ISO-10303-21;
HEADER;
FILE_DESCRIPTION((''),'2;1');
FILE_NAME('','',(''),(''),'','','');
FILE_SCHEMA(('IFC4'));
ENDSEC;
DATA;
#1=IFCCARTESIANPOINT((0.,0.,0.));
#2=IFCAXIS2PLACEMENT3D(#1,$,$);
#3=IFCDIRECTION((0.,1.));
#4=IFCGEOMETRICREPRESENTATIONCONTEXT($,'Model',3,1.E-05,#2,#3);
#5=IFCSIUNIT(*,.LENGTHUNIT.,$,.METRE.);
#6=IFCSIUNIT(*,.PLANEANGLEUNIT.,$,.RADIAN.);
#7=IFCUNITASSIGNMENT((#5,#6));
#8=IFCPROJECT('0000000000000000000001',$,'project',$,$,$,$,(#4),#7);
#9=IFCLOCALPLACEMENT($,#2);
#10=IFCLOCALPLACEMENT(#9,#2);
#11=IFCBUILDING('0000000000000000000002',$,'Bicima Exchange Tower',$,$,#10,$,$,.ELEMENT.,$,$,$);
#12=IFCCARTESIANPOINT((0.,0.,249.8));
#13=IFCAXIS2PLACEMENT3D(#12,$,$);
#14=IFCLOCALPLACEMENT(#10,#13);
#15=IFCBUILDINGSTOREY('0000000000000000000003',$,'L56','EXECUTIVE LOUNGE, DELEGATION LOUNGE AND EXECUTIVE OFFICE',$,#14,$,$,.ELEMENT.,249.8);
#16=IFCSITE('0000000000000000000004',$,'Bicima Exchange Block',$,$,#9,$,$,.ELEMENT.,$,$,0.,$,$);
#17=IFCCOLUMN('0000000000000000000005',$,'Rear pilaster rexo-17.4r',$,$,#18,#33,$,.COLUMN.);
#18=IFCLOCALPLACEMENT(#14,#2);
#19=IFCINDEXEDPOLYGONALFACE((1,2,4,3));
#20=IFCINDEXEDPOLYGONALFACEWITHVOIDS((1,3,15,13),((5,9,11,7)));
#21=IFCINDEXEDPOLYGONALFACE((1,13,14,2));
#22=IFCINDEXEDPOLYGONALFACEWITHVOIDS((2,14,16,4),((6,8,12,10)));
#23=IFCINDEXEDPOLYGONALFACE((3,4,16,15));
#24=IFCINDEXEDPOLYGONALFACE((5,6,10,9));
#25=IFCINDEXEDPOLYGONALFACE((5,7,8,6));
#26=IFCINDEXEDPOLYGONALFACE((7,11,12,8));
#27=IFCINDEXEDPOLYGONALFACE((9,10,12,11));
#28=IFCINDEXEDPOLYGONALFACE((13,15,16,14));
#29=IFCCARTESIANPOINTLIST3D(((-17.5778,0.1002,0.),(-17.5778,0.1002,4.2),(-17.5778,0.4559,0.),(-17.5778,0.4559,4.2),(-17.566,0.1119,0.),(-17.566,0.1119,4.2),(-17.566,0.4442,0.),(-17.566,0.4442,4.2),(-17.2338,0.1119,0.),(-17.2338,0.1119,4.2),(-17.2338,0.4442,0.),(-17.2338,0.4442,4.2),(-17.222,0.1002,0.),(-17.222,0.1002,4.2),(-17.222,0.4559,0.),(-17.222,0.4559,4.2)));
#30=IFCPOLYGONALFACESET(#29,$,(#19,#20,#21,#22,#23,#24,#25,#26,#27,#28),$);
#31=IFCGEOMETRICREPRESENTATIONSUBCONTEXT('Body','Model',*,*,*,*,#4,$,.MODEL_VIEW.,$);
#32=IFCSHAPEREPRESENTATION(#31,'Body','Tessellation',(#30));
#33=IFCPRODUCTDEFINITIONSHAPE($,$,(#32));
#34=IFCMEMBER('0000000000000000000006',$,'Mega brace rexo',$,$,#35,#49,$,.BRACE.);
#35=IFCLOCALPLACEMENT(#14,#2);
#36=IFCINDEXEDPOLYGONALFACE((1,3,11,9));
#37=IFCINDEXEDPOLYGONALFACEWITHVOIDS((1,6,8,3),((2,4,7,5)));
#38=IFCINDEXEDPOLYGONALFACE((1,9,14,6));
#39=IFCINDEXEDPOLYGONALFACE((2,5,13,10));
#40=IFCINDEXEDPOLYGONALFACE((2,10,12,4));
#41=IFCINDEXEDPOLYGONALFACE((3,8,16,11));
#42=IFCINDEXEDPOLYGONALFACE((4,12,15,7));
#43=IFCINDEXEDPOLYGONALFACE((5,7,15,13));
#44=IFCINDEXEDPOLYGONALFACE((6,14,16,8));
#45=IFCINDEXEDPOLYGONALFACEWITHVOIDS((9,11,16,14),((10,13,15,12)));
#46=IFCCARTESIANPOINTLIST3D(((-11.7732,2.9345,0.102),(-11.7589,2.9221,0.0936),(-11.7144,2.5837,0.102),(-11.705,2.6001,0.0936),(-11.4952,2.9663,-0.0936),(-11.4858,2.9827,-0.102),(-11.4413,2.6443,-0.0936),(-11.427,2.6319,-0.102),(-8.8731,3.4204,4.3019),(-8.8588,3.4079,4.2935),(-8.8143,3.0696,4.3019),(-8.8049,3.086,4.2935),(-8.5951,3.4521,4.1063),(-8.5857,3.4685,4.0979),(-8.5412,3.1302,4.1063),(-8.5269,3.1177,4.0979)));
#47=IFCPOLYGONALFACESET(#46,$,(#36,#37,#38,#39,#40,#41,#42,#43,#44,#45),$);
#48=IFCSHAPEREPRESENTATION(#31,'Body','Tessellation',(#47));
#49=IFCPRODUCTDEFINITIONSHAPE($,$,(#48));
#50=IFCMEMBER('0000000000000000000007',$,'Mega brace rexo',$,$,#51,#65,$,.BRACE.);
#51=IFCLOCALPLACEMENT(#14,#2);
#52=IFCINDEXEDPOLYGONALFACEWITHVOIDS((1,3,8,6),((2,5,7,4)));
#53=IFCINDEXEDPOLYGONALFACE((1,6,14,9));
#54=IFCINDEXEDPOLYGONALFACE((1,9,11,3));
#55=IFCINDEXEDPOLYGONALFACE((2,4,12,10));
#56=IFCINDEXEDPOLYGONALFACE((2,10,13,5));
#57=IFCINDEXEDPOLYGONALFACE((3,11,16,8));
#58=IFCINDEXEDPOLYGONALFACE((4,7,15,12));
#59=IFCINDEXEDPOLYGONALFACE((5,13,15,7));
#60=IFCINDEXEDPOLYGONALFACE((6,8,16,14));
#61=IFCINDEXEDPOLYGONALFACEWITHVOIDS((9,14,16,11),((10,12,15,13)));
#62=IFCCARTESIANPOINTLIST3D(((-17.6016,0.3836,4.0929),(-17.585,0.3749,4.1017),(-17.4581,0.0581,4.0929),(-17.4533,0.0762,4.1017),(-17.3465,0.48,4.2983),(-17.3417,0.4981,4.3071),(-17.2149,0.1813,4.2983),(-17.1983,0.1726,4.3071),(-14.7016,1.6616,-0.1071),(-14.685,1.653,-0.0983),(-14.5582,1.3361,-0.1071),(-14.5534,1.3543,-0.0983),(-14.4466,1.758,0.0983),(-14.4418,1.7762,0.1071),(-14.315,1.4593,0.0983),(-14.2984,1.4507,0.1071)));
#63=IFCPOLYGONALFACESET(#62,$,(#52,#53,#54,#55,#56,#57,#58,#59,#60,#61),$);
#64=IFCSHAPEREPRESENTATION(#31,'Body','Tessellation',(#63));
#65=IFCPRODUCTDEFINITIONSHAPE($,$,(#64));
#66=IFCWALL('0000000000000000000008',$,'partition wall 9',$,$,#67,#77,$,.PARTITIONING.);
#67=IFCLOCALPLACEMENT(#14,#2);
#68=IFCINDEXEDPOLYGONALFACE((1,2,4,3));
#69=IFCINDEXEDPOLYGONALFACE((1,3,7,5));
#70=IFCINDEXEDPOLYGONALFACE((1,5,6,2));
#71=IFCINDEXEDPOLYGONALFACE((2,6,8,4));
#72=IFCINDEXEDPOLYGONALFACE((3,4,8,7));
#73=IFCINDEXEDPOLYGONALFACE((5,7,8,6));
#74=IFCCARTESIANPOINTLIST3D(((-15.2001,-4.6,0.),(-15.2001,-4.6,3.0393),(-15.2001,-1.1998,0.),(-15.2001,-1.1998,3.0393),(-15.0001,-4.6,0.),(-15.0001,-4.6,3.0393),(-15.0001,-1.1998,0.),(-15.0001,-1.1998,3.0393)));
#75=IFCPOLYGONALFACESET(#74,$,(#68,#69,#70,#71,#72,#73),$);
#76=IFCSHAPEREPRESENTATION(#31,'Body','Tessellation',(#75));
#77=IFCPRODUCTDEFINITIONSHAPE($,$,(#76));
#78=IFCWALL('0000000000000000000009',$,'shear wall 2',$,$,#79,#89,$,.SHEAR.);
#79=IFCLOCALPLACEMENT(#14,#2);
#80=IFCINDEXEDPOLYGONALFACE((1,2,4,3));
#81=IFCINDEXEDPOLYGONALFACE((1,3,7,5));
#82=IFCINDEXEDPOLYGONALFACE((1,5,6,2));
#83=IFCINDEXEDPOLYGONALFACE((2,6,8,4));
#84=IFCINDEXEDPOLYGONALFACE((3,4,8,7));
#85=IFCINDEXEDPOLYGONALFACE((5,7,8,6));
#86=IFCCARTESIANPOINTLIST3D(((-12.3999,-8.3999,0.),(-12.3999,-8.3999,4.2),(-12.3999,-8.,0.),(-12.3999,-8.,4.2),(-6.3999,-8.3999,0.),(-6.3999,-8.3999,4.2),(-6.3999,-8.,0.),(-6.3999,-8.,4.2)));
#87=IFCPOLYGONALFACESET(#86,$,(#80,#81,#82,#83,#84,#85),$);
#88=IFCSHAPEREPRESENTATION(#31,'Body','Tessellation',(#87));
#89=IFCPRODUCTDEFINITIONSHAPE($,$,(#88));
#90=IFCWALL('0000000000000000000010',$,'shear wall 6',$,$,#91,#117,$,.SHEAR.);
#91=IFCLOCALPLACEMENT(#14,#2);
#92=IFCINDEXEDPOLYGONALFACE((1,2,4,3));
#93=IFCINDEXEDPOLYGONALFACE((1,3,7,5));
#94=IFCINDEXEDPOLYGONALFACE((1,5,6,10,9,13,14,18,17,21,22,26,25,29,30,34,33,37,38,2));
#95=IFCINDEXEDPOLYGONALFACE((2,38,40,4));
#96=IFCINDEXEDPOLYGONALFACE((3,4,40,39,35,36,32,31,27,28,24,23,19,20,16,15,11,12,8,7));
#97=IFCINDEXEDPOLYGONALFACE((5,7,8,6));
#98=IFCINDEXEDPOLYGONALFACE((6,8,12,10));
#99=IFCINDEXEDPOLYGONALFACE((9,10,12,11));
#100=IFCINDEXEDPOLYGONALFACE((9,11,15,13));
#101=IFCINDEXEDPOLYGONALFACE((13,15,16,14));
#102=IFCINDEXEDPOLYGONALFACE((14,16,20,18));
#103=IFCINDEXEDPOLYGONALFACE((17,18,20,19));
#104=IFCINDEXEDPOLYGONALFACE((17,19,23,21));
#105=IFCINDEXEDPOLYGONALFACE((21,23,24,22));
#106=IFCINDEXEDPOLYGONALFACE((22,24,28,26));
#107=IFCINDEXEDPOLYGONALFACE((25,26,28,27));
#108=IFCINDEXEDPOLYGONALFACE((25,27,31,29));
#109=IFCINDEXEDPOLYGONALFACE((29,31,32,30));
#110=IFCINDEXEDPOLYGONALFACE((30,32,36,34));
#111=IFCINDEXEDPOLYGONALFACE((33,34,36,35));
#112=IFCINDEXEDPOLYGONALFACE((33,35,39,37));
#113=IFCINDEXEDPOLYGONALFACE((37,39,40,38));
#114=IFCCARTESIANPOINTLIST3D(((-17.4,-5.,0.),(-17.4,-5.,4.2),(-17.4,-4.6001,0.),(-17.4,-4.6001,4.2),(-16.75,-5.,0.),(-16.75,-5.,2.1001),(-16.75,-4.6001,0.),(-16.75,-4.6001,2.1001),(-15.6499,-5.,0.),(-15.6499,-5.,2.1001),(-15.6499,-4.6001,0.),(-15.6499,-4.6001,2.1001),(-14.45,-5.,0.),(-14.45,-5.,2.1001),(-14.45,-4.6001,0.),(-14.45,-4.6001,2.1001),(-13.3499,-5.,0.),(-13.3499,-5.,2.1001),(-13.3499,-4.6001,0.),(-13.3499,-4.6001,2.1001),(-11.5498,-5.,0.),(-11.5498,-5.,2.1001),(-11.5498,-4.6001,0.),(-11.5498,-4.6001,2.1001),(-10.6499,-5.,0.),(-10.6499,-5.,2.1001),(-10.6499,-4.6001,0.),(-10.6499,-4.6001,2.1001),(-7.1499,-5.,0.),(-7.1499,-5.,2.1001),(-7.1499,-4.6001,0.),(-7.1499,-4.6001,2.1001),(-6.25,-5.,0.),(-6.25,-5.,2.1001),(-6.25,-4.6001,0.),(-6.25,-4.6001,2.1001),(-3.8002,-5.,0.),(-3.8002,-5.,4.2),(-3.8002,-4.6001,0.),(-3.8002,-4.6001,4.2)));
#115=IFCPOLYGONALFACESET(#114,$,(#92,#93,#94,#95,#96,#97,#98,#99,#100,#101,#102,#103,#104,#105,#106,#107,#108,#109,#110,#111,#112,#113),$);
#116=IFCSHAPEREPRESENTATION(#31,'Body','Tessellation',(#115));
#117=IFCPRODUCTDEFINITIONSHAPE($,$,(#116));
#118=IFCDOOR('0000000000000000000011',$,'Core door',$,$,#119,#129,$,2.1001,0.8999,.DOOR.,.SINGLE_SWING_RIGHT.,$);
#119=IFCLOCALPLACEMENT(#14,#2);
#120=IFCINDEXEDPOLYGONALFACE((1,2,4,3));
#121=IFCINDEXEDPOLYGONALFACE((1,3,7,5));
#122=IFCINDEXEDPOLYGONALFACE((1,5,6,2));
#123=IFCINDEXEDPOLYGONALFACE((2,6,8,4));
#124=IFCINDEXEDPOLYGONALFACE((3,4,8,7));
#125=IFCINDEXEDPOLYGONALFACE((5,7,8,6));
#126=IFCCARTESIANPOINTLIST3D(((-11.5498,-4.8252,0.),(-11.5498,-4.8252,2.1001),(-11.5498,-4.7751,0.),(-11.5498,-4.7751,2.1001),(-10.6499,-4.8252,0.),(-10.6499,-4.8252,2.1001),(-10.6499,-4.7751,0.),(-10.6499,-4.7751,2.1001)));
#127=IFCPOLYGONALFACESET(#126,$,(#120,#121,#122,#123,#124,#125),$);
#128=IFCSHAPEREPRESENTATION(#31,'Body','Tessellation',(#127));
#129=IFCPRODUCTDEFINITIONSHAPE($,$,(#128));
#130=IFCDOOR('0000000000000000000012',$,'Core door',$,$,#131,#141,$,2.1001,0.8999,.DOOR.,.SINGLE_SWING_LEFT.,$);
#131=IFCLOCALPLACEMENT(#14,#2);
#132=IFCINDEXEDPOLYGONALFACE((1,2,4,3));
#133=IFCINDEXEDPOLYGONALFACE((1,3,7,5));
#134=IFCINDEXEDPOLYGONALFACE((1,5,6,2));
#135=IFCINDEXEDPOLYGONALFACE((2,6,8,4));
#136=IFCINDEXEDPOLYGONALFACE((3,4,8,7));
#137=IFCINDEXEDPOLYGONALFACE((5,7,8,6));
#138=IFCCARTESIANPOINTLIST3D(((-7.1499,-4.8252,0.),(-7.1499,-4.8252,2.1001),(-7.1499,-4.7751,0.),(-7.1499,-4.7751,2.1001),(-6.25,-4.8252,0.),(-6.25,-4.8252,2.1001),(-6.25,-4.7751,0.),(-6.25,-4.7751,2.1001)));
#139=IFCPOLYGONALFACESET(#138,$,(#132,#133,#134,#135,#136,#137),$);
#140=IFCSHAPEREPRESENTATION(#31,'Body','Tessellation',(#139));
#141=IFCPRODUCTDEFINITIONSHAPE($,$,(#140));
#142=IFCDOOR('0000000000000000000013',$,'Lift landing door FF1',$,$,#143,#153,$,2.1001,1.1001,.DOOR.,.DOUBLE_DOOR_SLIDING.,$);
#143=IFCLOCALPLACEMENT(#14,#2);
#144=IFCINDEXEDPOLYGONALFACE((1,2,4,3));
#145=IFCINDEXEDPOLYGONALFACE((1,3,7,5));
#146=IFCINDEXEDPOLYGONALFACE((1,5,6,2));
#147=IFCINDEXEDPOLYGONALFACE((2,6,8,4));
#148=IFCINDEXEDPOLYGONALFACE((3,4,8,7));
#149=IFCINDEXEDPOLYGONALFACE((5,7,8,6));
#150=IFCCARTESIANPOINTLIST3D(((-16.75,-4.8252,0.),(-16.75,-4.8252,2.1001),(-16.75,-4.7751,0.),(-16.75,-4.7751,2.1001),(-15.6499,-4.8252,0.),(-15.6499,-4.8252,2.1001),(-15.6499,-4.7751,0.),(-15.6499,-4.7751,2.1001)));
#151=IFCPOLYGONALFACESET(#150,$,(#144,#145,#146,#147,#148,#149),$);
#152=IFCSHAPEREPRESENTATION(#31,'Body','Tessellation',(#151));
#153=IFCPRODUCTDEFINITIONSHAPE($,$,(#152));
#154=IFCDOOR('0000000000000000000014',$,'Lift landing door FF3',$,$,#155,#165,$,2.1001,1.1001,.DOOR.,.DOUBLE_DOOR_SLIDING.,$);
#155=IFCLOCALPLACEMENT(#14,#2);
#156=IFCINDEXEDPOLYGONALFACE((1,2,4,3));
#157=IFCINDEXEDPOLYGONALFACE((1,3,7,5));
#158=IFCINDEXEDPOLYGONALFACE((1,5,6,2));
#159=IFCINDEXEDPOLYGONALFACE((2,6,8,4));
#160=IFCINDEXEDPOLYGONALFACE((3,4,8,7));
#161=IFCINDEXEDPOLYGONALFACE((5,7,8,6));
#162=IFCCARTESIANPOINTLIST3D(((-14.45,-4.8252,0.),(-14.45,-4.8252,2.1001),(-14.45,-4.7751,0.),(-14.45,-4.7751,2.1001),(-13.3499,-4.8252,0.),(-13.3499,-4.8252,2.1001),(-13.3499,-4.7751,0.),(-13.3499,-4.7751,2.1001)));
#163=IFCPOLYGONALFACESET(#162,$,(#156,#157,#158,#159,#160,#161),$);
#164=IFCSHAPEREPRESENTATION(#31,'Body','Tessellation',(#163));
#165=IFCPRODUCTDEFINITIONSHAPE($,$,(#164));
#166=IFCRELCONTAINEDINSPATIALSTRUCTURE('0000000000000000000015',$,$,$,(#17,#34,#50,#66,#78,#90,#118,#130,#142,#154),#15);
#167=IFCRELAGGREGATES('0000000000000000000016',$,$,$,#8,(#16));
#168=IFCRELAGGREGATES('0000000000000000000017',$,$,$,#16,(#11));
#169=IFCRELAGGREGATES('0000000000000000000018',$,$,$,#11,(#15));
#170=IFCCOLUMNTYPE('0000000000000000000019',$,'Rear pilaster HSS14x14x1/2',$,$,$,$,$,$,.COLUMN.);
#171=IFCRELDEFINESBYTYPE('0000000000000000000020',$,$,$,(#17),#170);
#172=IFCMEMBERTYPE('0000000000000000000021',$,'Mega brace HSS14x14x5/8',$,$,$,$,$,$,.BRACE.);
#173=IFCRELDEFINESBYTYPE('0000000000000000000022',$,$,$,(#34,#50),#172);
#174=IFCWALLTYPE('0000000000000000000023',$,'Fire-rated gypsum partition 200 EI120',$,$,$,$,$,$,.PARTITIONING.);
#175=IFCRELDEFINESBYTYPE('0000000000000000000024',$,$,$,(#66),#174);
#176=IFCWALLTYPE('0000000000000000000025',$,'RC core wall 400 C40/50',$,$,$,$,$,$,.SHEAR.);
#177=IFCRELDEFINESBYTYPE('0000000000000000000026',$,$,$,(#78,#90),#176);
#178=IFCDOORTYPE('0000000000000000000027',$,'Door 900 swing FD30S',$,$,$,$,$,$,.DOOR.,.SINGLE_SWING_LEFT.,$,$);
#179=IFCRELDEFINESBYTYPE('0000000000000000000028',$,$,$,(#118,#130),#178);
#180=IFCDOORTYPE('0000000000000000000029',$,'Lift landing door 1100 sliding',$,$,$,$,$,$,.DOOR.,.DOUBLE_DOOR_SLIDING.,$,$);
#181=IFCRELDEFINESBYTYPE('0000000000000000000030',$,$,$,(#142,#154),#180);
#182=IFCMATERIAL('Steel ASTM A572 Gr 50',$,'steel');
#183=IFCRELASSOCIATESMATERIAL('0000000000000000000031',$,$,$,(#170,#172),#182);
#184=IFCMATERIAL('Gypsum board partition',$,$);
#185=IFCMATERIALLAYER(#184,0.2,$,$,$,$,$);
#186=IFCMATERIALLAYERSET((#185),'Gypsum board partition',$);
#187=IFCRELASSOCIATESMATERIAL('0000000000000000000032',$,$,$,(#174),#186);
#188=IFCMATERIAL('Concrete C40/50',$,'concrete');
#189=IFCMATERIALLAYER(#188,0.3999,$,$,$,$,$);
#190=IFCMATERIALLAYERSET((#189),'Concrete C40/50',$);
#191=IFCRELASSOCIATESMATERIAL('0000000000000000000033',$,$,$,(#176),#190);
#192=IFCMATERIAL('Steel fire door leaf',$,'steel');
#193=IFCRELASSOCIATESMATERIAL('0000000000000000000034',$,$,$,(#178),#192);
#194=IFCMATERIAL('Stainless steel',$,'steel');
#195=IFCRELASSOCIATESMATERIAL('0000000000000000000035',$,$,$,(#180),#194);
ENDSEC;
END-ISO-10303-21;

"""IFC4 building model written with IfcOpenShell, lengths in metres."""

from ifc_helpers import new_model, si_unit, direction, frame, frame_2d, origin, origin_2d, place, context, subcontext, project, spatial, rectangle, hollow_rectangle, extrude, material, layer, layer_set, material_profile, profile_set, type_object, element, fill, save


model = new_model("IFC4")

# Units and contexts
model_context = context("Model", 3, precision=1e-05, world=origin(), true_north=direction((0.0, 1.0)))
body_context = subcontext(model_context, "Body", "Model", "MODEL_VIEW")
ifc_project = project(units=[si_unit("LENGTHUNIT", "METRE"), si_unit("PLANEANGLEUNIT", "RADIAN")], contexts=[model_context])

# Site, building, storey
site_placement = place(None, origin())
site = spatial("IfcSite", under=ifc_project, at=site_placement, Name="Bicima Exchange Block", CompositionType="ELEMENT", RefElevation=0.0)
building_placement = place(site_placement, origin())
building = spatial("IfcBuilding", under=site, at=building_placement, Name="Bicima Exchange Tower", CompositionType="ELEMENT")
storey_placement = place(building_placement, frame((0.0, 0.0, 249.8)))
storey = spatial("IfcBuildingStorey", under=building, at=storey_placement, Name="L56", Description="EXECUTIVE LOUNGE, DELEGATION LOUNGE AND EXECUTIVE OFFICE", CompositionType="ELEMENT", Elevation=249.8)

# Column
ifc_material_1 = material(Name="Steel ASTM A572 Gr 50", Category="steel")
ifc_material_profile_1 = material_profile(ifc_material_1, hollow_rectangle(XDim=0.3557, YDim=0.3557, WallThickness=0.0117, at=origin_2d()))
ifc_profile_set_1 = profile_set([ifc_material_profile_1], Name="Steel ASTM A572 Gr 50")
column_type = type_object("IfcColumnType", Name="Rear pilaster HSS14x14x1/2", PredefinedType="COLUMN", material=ifc_profile_set_1)
column_placement = place(storey_placement, frame((-17.3999, 0.2781, 0.0), z_axis=(0.0, 0.0, 1.0), x_axis=(1.0, 0.0, 0.0)))
element("IfcColumn", 1, at=column_placement, inside=storey, type_object=column_type, Name="Rear pilaster rexo-17.4r", PredefinedType="COLUMN", context=body_context, shape_type="SweptSolid", body=[
    extrude(hollow_rectangle(XDim=0.3557, YDim=0.3557, WallThickness=0.0117, at=origin_2d()), origin(), (0.0, 0.0, 1.0), 4.2),
])

# Members
ifc_material_profile_2 = material_profile(ifc_material_1, hollow_rectangle(XDim=0.3557, YDim=0.3557, WallThickness=0.0146, at=origin_2d()))
ifc_profile_set_2 = profile_set([ifc_material_profile_2], Name="Steel ASTM A572 Gr 50")
member_type = type_object("IfcMemberType", Name="Mega brace HSS14x14x5/8", PredefinedType="BRACE", material=ifc_profile_set_2)
member_1_placement = place(storey_placement, frame((-11.6001, 2.7832, 0.0), z_axis=(0.565658, 0.09476, 0.819178), x_axis=(-0.16522, 0.986257, 0.0)))
element("IfcMember", 2, at=member_1_placement, inside=storey, type_object=member_type, Name="Mega brace rexo", PredefinedType="BRACE", context=body_context, shape_type="SweptSolid", body=[
    extrude(hollow_rectangle(XDim=0.3557, YDim=0.3557, WallThickness=0.0146, at=origin_2d()), origin(), (0.0, 0.0, 1.0), 5.127),
])
member_2_placement = place(storey_placement, frame((-14.5, 1.5562, 0.0), z_axis=(-0.551164, -0.242915, 0.798255), x_axis=(0.403299, -0.915068, 0.0)))
element("IfcMember", 3, at=member_2_placement, inside=storey, type_object=member_type, Name="Mega brace rexo", PredefinedType="BRACE", context=body_context, shape_type="SweptSolid", body=[
    extrude(hollow_rectangle(XDim=0.3557, YDim=0.3557, WallThickness=0.0146, at=origin_2d()), origin(), (0.0, 0.0, 1.0), 5.2615),
])

# Walls
ifc_material_2 = material(Name="Gypsum board partition")
ifc_layer_1 = layer(ifc_material_2, 0.2)
ifc_layer_set_1 = layer_set([ifc_layer_1], Name="Gypsum board partition")
wall_type_1 = type_object("IfcWallType", Name="Fire-rated gypsum partition 200 EI120", PredefinedType="PARTITIONING", material=ifc_layer_set_1)
wall_1_placement = place(storey_placement, frame((-15.1001, -4.6001, 0.0), z_axis=(0.0, 0.0, 1.0), x_axis=(0.0, 1.0, 0.0)))
element("IfcWall", 4, at=wall_1_placement, inside=storey, type_object=wall_type_1, Name="partition wall 9", PredefinedType="PARTITIONING", context=body_context, shape_type="SweptSolid", body=[
    extrude(rectangle(XDim=3.4001, YDim=0.2, at=frame_2d((1.7002, 0.0))), origin(), (0.0, 0.0, 1.0), 3.0393),
])
ifc_material_3 = material(Name="Concrete C40/50", Category="concrete")
ifc_layer_2 = layer(ifc_material_3, 0.3999)
ifc_layer_set_2 = layer_set([ifc_layer_2], Name="Concrete C40/50")
wall_type_2 = type_object("IfcWallType", Name="RC core wall 400 C40/50", PredefinedType="SHEAR", material=ifc_layer_set_2)
wall_2_placement = place(storey_placement, frame((-12.3999, -8.2, 0.0), z_axis=(0.0, 0.0, 1.0), x_axis=(1.0, 0.0, 0.0)))
element("IfcWall", 5, at=wall_2_placement, inside=storey, type_object=wall_type_2, Name="shear wall 2", PredefinedType="SHEAR", context=body_context, shape_type="SweptSolid", body=[
    extrude(rectangle(XDim=6.0, YDim=0.3999, at=frame_2d((3.0, 0.0))), origin(), (0.0, 0.0, 1.0), 4.2),
])

# Wall, openings, doors
wall_3_placement = place(storey_placement, frame((-17.3999, -4.8, 0.0), z_axis=(0.0, 0.0, 1.0), x_axis=(1.0, 0.0, 0.0)))
wall_3 = element("IfcWall", 6, at=wall_3_placement, inside=storey, type_object=wall_type_2, Name="shear wall 6", PredefinedType="SHEAR", context=body_context, shape_type="SweptSolid", body=[
    extrude(rectangle(XDim=13.5999, YDim=0.3999, at=frame_2d((6.7998, 0.0))), origin(), (0.0, 0.0, 1.0), 4.2),
])
opening_1_placement = place(wall_3_placement, frame((0.6499, 0.0, 0.0)))
opening_1 = element("IfcOpeningElement", 7, at=opening_1_placement, cuts=wall_3, PredefinedType="OPENING", context=body_context, shape_type="SweptSolid", body=[
    extrude(rectangle(XDim=1.1001, YDim=2.1001, at=frame_2d((0.55, 1.05))), frame((0.0, 0.2119, 0.0), z_axis=(0.0, -1.0, 0.0), x_axis=(1.0, 0.0, 0.0)), (0.0, 0.0, 1.0), 0.4238),
])
opening_2_placement = place(wall_3_placement, frame((2.95, 0.0, 0.0)))
opening_2 = element("IfcOpeningElement", 8, at=opening_2_placement, cuts=wall_3, PredefinedType="OPENING", context=body_context, shape_type="SweptSolid", body=[
    extrude(rectangle(XDim=1.1001, YDim=2.1001, at=frame_2d((0.55, 1.05))), frame((0.0, 0.2119, 0.0), z_axis=(0.0, -1.0, 0.0), x_axis=(1.0, 0.0, 0.0)), (0.0, 0.0, 1.0), 0.4238),
])
opening_3_placement = place(wall_3_placement, frame((5.8501, 0.0, 0.0)))
opening_3 = element("IfcOpeningElement", 9, at=opening_3_placement, cuts=wall_3, PredefinedType="OPENING", context=body_context, shape_type="SweptSolid", body=[
    extrude(rectangle(XDim=0.8999, YDim=2.1001, at=frame_2d((0.45, 1.05))), frame((0.0, 0.2119, 0.0), z_axis=(0.0, -1.0, 0.0), x_axis=(1.0, 0.0, 0.0)), (0.0, 0.0, 1.0), 0.4238),
])
opening_4_placement = place(wall_3_placement, frame((10.25, 0.0, 0.0)))
opening_4 = element("IfcOpeningElement", 10, at=opening_4_placement, cuts=wall_3, PredefinedType="OPENING", context=body_context, shape_type="SweptSolid", body=[
    extrude(rectangle(XDim=0.8999, YDim=2.1001, at=frame_2d((0.45, 1.05))), frame((0.0, 0.2119, 0.0), z_axis=(0.0, -1.0, 0.0), x_axis=(1.0, 0.0, 0.0)), (0.0, 0.0, 1.0), 0.4238),
])
ifc_material_4 = material(Name="Steel fire door leaf", Category="steel")
door_type_1 = type_object("IfcDoorType", Name="Door 900 swing FD30S", OperationType="SINGLE_SWING_LEFT", PredefinedType="DOOR", material=ifc_material_4)
door_1_placement = place(opening_3_placement, origin())
door_1 = element("IfcDoor", 11, at=door_1_placement, inside=storey, type_object=door_type_1, Name="Core door", OperationType="SINGLE_SWING_RIGHT", OverallHeight=2.1001, OverallWidth=0.8999, PredefinedType="DOOR", context=body_context, shape_type="SweptSolid", body=[
    extrude(rectangle(XDim=0.8999, YDim=2.1001, at=frame_2d((0.45, 1.05))), frame((0.0, 0.0249, 0.0), z_axis=(0.0, -1.0, 0.0), x_axis=(1.0, 0.0, 0.0)), (0.0, 0.0, 1.0), 0.05),
])
fill(opening_3, door_1)
door_2_placement = place(opening_4_placement, origin())
door_2 = element("IfcDoor", 12, at=door_2_placement, inside=storey, type_object=door_type_1, Name="Core door", OperationType="SINGLE_SWING_LEFT", OverallHeight=2.1001, OverallWidth=0.8999, PredefinedType="DOOR", context=body_context, shape_type="SweptSolid", body=[
    extrude(rectangle(XDim=0.8999, YDim=2.1001, at=frame_2d((0.45, 1.05))), frame((0.0, 0.0249, 0.0), z_axis=(0.0, -1.0, 0.0), x_axis=(1.0, 0.0, 0.0)), (0.0, 0.0, 1.0), 0.05),
])
fill(opening_4, door_2)
ifc_material_5 = material(Name="Stainless steel", Category="steel")
door_type_2 = type_object("IfcDoorType", Name="Lift landing door 1100 sliding", OperationType="DOUBLE_DOOR_SLIDING", PredefinedType="DOOR", material=ifc_material_5)
door_3_placement = place(opening_1_placement, origin())
door_3 = element("IfcDoor", 13, at=door_3_placement, inside=storey, type_object=door_type_2, Name="Lift landing door FF1", OperationType="DOUBLE_DOOR_SLIDING", OverallHeight=2.1001, OverallWidth=1.1001, PredefinedType="DOOR", context=body_context, shape_type="SweptSolid", body=[
    extrude(rectangle(XDim=1.1001, YDim=2.1001, at=frame_2d((0.55, 1.05))), frame((0.0, 0.0249, 0.0), z_axis=(0.0, -1.0, 0.0), x_axis=(1.0, 0.0, 0.0)), (0.0, 0.0, 1.0), 0.05),
])
fill(opening_1, door_3)
door_4_placement = place(opening_2_placement, origin())
door_4 = element("IfcDoor", 14, at=door_4_placement, inside=storey, type_object=door_type_2, Name="Lift landing door FF3", OperationType="DOUBLE_DOOR_SLIDING", OverallHeight=2.1001, OverallWidth=1.1001, PredefinedType="DOOR", context=body_context, shape_type="SweptSolid", body=[
    extrude(rectangle(XDim=1.1001, YDim=2.1001, at=frame_2d((0.55, 1.05))), frame((0.0, 0.0249, 0.0), z_axis=(0.0, -1.0, 0.0), x_axis=(1.0, 0.0, 0.0)), (0.0, 0.0, 1.0), 0.05),
])
fill(opening_2, door_4)

save(model, "model.ifc")
